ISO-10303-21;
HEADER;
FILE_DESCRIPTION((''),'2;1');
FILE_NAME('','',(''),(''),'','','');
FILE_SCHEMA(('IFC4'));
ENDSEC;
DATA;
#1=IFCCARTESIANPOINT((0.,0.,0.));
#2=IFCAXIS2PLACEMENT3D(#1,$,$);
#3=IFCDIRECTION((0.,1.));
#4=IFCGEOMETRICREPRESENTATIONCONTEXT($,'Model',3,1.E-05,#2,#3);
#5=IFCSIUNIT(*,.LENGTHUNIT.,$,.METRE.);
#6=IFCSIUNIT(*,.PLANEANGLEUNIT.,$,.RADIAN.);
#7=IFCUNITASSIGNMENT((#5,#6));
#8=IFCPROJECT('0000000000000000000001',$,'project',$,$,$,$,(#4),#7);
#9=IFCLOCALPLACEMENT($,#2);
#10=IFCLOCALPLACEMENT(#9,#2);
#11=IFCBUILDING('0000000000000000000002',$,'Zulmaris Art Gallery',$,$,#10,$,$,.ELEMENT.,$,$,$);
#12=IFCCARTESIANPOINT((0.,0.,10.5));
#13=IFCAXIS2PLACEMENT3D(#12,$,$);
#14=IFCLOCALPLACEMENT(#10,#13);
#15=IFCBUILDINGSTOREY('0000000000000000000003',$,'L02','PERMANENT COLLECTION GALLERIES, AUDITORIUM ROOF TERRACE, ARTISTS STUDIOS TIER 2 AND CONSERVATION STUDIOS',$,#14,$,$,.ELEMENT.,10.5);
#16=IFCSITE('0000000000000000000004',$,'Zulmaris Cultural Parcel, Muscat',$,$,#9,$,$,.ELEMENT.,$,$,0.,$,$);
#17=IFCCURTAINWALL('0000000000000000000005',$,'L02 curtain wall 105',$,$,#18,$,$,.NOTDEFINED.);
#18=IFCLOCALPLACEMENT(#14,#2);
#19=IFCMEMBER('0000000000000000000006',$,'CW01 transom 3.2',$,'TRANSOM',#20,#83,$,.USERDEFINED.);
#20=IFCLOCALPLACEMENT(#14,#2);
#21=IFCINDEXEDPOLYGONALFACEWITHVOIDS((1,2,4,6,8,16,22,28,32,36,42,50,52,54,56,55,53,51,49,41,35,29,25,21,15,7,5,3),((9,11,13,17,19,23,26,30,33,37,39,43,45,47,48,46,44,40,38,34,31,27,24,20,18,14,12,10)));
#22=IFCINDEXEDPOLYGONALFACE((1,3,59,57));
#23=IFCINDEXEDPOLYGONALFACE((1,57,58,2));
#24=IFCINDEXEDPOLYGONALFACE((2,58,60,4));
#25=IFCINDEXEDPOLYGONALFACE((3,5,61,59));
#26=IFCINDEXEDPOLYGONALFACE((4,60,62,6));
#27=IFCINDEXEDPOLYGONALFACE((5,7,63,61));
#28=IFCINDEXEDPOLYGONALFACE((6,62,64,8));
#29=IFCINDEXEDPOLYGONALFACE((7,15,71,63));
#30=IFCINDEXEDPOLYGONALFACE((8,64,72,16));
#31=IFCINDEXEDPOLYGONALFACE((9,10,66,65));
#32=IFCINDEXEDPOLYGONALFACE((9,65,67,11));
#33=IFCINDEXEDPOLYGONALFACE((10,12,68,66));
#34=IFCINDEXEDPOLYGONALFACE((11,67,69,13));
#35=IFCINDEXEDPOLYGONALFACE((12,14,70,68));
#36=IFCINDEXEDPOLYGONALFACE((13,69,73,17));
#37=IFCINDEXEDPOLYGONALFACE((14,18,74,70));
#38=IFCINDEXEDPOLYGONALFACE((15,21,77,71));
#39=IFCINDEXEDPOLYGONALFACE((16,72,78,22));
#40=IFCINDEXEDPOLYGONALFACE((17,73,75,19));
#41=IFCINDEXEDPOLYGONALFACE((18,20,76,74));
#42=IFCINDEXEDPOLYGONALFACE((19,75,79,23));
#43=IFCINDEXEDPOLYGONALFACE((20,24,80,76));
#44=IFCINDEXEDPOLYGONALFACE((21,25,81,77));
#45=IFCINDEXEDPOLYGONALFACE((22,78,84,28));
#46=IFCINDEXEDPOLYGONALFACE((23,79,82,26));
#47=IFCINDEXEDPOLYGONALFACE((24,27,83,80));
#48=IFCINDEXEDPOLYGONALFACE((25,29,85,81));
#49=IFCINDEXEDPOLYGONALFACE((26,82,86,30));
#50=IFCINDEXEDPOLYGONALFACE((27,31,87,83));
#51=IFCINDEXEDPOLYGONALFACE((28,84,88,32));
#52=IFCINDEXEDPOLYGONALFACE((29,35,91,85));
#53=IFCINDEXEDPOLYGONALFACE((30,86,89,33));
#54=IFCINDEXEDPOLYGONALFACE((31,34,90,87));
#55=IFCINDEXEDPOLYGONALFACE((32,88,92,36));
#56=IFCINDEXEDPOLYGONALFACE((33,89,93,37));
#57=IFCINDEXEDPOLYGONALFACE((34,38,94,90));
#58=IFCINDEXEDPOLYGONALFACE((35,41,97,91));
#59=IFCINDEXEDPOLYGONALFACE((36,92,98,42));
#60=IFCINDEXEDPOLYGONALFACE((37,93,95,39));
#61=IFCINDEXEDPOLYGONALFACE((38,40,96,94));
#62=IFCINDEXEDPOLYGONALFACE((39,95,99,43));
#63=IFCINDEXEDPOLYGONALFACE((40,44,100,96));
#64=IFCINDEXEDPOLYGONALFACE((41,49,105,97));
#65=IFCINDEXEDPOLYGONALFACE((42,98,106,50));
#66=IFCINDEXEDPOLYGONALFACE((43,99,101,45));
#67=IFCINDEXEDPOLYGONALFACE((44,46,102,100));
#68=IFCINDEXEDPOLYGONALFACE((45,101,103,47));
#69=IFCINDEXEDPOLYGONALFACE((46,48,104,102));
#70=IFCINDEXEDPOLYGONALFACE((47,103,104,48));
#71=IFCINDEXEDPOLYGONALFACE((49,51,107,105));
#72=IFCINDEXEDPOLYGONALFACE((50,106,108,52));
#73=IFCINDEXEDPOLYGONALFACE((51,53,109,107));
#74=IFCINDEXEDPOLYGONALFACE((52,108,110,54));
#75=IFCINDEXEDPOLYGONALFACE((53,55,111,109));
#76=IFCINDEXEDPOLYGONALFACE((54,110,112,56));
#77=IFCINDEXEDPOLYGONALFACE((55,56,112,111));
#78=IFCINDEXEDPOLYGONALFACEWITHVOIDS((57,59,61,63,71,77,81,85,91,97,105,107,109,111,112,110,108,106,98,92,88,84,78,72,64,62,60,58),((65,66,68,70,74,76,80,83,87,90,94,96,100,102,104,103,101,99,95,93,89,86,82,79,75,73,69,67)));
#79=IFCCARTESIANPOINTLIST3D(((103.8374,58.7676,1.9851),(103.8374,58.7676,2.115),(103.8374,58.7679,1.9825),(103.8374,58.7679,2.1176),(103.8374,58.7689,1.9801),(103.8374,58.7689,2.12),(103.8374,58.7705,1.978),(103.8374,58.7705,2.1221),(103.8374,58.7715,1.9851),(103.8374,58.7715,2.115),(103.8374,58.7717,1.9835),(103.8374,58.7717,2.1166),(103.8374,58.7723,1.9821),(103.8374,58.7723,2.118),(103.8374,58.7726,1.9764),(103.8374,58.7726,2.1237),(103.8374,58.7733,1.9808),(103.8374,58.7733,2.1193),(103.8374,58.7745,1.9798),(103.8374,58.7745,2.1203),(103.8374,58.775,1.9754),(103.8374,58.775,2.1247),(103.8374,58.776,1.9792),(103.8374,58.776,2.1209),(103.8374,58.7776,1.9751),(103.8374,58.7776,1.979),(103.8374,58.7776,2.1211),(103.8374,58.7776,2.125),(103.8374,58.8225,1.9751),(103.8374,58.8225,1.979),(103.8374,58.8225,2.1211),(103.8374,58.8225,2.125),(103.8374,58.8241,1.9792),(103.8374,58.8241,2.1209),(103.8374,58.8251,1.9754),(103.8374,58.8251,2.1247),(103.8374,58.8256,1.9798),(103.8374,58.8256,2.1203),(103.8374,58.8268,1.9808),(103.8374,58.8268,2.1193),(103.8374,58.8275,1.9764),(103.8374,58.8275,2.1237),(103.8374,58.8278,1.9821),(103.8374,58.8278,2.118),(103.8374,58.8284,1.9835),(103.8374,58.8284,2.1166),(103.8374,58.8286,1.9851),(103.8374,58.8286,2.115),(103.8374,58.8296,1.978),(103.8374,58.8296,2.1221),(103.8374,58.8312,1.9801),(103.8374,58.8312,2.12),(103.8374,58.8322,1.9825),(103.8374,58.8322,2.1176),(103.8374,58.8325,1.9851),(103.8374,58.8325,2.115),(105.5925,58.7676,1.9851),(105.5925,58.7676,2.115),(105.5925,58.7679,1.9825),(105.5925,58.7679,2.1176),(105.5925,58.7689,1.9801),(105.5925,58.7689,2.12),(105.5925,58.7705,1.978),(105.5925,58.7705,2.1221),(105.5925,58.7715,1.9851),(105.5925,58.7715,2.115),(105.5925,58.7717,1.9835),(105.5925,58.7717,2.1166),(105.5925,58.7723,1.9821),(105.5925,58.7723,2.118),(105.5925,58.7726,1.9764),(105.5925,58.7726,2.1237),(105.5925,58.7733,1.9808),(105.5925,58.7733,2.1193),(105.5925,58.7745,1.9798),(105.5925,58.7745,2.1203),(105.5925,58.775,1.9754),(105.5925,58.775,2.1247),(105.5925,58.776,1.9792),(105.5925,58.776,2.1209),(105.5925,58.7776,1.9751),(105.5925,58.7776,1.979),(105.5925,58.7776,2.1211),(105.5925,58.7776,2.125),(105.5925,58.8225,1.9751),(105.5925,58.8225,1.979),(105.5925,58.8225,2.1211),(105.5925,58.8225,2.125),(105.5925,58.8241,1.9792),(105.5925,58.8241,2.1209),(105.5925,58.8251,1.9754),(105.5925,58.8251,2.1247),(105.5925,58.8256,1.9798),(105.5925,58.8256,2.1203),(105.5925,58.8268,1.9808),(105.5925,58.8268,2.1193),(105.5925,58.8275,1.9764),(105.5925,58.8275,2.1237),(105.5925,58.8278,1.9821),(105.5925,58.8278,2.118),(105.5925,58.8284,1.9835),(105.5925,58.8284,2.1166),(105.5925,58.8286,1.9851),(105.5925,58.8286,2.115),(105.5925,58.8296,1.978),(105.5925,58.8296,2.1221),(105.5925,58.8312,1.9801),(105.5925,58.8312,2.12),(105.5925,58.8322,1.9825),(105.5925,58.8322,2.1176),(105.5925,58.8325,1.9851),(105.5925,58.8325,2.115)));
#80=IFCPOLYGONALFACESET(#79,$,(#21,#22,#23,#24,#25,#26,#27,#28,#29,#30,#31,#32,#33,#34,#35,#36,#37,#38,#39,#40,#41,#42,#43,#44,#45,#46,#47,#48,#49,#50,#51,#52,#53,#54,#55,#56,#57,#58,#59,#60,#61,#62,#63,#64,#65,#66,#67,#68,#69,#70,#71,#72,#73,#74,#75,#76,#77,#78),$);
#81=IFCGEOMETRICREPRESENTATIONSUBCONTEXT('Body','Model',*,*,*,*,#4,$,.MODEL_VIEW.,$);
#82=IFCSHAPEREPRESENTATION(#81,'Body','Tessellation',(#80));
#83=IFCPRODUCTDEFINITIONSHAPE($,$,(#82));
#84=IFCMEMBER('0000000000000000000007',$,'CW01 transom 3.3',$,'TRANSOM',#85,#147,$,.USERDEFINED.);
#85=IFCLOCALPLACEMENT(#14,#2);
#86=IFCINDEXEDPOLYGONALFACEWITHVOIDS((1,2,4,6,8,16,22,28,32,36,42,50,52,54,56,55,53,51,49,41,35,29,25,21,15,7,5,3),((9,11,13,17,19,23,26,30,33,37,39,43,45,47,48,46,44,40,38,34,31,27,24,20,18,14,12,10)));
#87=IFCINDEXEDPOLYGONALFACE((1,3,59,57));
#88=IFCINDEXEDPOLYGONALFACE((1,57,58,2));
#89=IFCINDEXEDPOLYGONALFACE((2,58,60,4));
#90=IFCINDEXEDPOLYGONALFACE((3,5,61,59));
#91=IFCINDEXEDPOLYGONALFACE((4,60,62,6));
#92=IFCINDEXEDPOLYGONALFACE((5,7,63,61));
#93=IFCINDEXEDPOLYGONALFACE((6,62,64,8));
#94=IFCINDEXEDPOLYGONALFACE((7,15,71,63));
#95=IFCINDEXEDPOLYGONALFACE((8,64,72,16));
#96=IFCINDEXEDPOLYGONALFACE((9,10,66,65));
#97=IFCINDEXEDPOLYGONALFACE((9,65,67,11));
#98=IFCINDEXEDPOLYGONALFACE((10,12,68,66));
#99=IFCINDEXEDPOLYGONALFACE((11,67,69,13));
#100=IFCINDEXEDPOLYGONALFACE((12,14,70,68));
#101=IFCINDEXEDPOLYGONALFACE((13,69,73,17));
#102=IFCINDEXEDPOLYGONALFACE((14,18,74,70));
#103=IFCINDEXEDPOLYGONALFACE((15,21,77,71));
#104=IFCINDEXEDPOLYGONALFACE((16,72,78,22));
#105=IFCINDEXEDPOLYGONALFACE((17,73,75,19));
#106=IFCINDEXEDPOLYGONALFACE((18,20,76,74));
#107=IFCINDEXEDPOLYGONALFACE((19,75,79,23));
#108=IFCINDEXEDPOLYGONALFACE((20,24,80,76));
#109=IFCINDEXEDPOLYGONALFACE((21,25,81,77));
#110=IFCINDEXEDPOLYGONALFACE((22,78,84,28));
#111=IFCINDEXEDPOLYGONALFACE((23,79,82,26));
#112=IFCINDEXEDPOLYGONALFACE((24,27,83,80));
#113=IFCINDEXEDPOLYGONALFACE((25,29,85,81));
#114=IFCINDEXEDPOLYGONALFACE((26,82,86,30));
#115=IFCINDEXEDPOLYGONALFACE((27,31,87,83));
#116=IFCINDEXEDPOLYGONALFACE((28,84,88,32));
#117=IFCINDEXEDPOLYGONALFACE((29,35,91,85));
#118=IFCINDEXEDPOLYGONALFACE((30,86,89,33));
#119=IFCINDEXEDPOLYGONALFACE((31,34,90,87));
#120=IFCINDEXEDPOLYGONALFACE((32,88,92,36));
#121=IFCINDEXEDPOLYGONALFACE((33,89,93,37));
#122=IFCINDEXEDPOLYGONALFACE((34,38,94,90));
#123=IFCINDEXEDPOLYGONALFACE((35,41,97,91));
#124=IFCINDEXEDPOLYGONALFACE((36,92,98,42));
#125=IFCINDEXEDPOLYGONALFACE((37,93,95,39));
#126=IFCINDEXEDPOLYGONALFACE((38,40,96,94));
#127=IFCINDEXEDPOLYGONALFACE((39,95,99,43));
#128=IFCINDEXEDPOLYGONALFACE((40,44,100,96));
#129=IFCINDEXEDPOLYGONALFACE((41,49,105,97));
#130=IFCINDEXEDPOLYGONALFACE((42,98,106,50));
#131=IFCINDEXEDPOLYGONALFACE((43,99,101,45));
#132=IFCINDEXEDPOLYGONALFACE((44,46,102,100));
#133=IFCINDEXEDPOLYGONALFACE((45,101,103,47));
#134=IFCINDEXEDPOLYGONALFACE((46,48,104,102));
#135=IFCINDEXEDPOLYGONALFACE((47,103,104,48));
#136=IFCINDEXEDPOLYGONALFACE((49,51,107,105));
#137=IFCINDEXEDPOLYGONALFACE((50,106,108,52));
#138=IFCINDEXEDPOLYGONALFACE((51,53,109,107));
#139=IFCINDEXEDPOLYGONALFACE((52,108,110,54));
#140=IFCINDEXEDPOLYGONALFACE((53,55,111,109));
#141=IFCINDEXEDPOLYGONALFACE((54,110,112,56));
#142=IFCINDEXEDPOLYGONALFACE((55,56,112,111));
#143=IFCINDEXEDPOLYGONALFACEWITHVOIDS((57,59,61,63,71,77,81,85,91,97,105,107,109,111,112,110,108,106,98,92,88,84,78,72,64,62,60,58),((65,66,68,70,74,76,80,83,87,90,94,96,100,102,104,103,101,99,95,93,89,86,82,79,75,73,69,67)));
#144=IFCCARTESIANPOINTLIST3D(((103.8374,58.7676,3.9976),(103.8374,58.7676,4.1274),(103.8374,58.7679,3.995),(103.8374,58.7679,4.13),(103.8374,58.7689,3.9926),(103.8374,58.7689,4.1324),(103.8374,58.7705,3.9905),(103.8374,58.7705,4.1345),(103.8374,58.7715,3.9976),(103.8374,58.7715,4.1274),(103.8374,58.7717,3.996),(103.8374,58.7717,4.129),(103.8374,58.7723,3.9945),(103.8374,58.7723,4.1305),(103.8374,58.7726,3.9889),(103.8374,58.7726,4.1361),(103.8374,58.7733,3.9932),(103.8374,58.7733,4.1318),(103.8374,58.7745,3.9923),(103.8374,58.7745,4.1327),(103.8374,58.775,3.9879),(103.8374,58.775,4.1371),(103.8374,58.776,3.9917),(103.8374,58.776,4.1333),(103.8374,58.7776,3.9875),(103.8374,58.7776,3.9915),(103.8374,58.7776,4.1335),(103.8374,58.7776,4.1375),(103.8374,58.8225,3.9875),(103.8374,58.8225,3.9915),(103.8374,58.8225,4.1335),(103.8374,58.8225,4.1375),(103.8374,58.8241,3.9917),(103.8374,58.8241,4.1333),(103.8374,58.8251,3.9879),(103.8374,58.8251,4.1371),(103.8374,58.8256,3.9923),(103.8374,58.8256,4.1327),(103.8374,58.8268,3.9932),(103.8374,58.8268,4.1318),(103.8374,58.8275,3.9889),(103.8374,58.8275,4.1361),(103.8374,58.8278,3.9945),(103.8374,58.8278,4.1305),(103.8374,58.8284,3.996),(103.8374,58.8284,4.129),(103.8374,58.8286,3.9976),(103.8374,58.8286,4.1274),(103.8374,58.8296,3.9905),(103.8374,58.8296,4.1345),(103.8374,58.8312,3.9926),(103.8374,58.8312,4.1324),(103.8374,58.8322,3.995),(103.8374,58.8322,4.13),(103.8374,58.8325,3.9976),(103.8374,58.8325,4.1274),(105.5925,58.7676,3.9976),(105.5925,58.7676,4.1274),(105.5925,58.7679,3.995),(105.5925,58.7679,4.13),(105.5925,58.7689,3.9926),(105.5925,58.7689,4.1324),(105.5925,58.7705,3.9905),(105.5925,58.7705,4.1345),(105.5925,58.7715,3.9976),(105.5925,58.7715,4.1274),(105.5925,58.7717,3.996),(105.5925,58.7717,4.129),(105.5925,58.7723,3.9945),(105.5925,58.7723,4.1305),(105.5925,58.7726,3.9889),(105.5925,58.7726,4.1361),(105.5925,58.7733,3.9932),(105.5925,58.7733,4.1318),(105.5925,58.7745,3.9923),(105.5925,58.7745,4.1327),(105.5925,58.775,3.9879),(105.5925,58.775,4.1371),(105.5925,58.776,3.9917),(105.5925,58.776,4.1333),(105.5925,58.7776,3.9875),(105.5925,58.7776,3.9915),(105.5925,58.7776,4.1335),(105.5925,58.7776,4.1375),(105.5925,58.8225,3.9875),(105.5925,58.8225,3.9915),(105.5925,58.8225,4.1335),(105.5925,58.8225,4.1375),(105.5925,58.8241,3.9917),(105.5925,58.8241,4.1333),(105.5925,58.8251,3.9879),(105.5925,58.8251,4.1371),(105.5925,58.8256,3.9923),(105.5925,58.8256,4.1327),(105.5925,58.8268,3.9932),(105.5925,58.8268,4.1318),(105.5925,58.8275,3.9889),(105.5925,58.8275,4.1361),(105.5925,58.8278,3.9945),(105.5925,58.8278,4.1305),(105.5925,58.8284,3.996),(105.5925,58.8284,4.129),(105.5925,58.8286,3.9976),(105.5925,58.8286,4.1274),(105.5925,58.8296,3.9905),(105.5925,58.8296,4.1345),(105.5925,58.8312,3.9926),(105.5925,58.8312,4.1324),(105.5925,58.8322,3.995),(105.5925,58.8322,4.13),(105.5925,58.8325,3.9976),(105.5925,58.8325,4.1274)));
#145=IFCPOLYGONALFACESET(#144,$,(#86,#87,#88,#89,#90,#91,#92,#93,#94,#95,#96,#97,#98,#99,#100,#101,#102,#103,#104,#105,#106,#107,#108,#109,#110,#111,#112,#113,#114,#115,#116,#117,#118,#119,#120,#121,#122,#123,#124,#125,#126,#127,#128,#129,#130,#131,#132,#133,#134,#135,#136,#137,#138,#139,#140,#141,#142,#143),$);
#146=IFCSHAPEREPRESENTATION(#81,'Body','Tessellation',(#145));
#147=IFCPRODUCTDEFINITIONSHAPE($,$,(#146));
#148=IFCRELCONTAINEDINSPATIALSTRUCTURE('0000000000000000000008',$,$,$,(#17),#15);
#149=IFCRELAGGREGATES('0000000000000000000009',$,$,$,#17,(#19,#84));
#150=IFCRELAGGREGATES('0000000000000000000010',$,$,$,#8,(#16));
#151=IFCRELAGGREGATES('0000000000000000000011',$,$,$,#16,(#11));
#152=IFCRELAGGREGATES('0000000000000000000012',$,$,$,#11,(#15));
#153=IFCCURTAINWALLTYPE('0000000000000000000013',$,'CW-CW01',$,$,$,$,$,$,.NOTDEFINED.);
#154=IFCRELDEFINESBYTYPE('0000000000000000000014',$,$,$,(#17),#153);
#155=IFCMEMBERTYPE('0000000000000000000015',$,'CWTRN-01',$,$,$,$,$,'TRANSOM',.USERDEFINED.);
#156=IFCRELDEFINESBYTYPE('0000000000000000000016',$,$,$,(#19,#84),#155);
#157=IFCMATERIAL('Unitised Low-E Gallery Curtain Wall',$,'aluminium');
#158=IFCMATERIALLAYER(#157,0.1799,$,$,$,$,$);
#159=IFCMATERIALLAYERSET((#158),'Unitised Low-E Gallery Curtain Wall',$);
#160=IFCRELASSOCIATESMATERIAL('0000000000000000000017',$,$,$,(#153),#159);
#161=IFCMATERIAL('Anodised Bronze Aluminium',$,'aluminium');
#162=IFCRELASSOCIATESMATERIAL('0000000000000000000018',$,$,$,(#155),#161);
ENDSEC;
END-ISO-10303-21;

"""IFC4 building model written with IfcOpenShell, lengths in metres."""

from ifc_helpers import new_model, si_unit, direction, frame, origin, origin_2d, place, context, subcontext, project, spatial, hollow_rectangle, extrude, material, layer, layer_set, material_profile, profile_set, type_object, element, aggregate, save


model = new_model("IFC4")

# Units and contexts
model_context = context("Model", 3, precision=1e-05, world=origin(), true_north=direction((0.0, 1.0)))
body_context = subcontext(model_context, "Body", "Model", "MODEL_VIEW")
ifc_project = project(units=[si_unit("LENGTHUNIT", "METRE"), si_unit("PLANEANGLEUNIT", "RADIAN")], contexts=[model_context])

# Site, building, storey
site_placement = place(None, origin())
site = spatial("IfcSite", under=ifc_project, at=site_placement, Name="Zulmaris Cultural Parcel, Muscat", CompositionType="ELEMENT", RefElevation=0.0)
building_placement = place(site_placement, origin())
building = spatial("IfcBuilding", under=site, at=building_placement, Name="Zulmaris Art Gallery", CompositionType="ELEMENT")
storey_placement = place(building_placement, frame((0.0, 0.0, 10.5)))
storey = spatial("IfcBuildingStorey", under=building, at=storey_placement, Name="L02", Description="PERMANENT COLLECTION GALLERIES, AUDITORIUM ROOF TERRACE, ARTISTS STUDIOS TIER 2 AND CONSERVATION STUDIOS", CompositionType="ELEMENT", Elevation=10.5)

# Curtain wall
ifc_material_1 = material(Name="Unitised Low-E Gallery Curtain Wall", Category="aluminium")
ifc_layer_1 = layer(ifc_material_1, 0.1799)
ifc_layer_set_1 = layer_set([ifc_layer_1], Name="Unitised Low-E Gallery Curtain Wall")
curtain_wall_type = type_object("IfcCurtainWallType", Name="CW-CW01", PredefinedType="NOTDEFINED", material=ifc_layer_set_1)
curtain_wall_1_placement = place(storey_placement, origin())
curtain_wall_1 = element("IfcCurtainWall", 1, at=curtain_wall_1_placement, inside=storey, type_object=curtain_wall_type, Name="L02 curtain wall 105", PredefinedType="NOTDEFINED")
ifc_material_2 = material(Name="Anodised Bronze Aluminium", Category="aluminium")

# Members
ifc_material_profile_1 = material_profile(ifc_material_2, hollow_rectangle(XDim=0.0649, YDim=0.1499, WallThickness=0.0039, InnerFilletRadius=0.0061, OuterFilletRadius=0.01, at=origin_2d()), Name="ALU 65x150x4")
ifc_profile_set_1 = profile_set([ifc_material_profile_1], Name="Anodised Bronze Aluminium")
member_type_1 = type_object("IfcMemberType", Name="CWTRN-01", ElementType="TRANSOM", PredefinedType="USERDEFINED", material=ifc_profile_set_1)
member_1_placement = place(storey_placement, frame((103.8374, 58.8, 2.05), z_axis=(1.0, 0.0, 0.0), x_axis=(0.0, 1.0, 0.0)))
member_1 = element("IfcMember", 2, at=member_1_placement, type_object=member_type_1, Name="CW01 transom 3.2", ObjectType="TRANSOM", PredefinedType="USERDEFINED", context=body_context, shape_type="SweptSolid", body=[
    extrude(hollow_rectangle(XDim=0.0649, YDim=0.1499, WallThickness=0.0039, InnerFilletRadius=0.0061, OuterFilletRadius=0.01, at=origin_2d()), origin(), (0.0, 0.0, 1.0), 1.7551),
])
member_2_placement = place(storey_placement, frame((103.8374, 58.8, 4.0625), z_axis=(1.0, 0.0, 0.0), x_axis=(0.0, 1.0, 0.0)))
member_2 = element("IfcMember", 3, at=member_2_placement, type_object=member_type_1, Name="CW01 transom 3.3", ObjectType="TRANSOM", PredefinedType="USERDEFINED", context=body_context, shape_type="SweptSolid", body=[
    extrude(hollow_rectangle(XDim=0.0649, YDim=0.1499, WallThickness=0.0039, InnerFilletRadius=0.0061, OuterFilletRadius=0.01, at=origin_2d()), origin(), (0.0, 0.0, 1.0), 1.7551),
])

aggregate(curtain_wall_1, [member_1, member_2])

save(model, "model.ifc")
